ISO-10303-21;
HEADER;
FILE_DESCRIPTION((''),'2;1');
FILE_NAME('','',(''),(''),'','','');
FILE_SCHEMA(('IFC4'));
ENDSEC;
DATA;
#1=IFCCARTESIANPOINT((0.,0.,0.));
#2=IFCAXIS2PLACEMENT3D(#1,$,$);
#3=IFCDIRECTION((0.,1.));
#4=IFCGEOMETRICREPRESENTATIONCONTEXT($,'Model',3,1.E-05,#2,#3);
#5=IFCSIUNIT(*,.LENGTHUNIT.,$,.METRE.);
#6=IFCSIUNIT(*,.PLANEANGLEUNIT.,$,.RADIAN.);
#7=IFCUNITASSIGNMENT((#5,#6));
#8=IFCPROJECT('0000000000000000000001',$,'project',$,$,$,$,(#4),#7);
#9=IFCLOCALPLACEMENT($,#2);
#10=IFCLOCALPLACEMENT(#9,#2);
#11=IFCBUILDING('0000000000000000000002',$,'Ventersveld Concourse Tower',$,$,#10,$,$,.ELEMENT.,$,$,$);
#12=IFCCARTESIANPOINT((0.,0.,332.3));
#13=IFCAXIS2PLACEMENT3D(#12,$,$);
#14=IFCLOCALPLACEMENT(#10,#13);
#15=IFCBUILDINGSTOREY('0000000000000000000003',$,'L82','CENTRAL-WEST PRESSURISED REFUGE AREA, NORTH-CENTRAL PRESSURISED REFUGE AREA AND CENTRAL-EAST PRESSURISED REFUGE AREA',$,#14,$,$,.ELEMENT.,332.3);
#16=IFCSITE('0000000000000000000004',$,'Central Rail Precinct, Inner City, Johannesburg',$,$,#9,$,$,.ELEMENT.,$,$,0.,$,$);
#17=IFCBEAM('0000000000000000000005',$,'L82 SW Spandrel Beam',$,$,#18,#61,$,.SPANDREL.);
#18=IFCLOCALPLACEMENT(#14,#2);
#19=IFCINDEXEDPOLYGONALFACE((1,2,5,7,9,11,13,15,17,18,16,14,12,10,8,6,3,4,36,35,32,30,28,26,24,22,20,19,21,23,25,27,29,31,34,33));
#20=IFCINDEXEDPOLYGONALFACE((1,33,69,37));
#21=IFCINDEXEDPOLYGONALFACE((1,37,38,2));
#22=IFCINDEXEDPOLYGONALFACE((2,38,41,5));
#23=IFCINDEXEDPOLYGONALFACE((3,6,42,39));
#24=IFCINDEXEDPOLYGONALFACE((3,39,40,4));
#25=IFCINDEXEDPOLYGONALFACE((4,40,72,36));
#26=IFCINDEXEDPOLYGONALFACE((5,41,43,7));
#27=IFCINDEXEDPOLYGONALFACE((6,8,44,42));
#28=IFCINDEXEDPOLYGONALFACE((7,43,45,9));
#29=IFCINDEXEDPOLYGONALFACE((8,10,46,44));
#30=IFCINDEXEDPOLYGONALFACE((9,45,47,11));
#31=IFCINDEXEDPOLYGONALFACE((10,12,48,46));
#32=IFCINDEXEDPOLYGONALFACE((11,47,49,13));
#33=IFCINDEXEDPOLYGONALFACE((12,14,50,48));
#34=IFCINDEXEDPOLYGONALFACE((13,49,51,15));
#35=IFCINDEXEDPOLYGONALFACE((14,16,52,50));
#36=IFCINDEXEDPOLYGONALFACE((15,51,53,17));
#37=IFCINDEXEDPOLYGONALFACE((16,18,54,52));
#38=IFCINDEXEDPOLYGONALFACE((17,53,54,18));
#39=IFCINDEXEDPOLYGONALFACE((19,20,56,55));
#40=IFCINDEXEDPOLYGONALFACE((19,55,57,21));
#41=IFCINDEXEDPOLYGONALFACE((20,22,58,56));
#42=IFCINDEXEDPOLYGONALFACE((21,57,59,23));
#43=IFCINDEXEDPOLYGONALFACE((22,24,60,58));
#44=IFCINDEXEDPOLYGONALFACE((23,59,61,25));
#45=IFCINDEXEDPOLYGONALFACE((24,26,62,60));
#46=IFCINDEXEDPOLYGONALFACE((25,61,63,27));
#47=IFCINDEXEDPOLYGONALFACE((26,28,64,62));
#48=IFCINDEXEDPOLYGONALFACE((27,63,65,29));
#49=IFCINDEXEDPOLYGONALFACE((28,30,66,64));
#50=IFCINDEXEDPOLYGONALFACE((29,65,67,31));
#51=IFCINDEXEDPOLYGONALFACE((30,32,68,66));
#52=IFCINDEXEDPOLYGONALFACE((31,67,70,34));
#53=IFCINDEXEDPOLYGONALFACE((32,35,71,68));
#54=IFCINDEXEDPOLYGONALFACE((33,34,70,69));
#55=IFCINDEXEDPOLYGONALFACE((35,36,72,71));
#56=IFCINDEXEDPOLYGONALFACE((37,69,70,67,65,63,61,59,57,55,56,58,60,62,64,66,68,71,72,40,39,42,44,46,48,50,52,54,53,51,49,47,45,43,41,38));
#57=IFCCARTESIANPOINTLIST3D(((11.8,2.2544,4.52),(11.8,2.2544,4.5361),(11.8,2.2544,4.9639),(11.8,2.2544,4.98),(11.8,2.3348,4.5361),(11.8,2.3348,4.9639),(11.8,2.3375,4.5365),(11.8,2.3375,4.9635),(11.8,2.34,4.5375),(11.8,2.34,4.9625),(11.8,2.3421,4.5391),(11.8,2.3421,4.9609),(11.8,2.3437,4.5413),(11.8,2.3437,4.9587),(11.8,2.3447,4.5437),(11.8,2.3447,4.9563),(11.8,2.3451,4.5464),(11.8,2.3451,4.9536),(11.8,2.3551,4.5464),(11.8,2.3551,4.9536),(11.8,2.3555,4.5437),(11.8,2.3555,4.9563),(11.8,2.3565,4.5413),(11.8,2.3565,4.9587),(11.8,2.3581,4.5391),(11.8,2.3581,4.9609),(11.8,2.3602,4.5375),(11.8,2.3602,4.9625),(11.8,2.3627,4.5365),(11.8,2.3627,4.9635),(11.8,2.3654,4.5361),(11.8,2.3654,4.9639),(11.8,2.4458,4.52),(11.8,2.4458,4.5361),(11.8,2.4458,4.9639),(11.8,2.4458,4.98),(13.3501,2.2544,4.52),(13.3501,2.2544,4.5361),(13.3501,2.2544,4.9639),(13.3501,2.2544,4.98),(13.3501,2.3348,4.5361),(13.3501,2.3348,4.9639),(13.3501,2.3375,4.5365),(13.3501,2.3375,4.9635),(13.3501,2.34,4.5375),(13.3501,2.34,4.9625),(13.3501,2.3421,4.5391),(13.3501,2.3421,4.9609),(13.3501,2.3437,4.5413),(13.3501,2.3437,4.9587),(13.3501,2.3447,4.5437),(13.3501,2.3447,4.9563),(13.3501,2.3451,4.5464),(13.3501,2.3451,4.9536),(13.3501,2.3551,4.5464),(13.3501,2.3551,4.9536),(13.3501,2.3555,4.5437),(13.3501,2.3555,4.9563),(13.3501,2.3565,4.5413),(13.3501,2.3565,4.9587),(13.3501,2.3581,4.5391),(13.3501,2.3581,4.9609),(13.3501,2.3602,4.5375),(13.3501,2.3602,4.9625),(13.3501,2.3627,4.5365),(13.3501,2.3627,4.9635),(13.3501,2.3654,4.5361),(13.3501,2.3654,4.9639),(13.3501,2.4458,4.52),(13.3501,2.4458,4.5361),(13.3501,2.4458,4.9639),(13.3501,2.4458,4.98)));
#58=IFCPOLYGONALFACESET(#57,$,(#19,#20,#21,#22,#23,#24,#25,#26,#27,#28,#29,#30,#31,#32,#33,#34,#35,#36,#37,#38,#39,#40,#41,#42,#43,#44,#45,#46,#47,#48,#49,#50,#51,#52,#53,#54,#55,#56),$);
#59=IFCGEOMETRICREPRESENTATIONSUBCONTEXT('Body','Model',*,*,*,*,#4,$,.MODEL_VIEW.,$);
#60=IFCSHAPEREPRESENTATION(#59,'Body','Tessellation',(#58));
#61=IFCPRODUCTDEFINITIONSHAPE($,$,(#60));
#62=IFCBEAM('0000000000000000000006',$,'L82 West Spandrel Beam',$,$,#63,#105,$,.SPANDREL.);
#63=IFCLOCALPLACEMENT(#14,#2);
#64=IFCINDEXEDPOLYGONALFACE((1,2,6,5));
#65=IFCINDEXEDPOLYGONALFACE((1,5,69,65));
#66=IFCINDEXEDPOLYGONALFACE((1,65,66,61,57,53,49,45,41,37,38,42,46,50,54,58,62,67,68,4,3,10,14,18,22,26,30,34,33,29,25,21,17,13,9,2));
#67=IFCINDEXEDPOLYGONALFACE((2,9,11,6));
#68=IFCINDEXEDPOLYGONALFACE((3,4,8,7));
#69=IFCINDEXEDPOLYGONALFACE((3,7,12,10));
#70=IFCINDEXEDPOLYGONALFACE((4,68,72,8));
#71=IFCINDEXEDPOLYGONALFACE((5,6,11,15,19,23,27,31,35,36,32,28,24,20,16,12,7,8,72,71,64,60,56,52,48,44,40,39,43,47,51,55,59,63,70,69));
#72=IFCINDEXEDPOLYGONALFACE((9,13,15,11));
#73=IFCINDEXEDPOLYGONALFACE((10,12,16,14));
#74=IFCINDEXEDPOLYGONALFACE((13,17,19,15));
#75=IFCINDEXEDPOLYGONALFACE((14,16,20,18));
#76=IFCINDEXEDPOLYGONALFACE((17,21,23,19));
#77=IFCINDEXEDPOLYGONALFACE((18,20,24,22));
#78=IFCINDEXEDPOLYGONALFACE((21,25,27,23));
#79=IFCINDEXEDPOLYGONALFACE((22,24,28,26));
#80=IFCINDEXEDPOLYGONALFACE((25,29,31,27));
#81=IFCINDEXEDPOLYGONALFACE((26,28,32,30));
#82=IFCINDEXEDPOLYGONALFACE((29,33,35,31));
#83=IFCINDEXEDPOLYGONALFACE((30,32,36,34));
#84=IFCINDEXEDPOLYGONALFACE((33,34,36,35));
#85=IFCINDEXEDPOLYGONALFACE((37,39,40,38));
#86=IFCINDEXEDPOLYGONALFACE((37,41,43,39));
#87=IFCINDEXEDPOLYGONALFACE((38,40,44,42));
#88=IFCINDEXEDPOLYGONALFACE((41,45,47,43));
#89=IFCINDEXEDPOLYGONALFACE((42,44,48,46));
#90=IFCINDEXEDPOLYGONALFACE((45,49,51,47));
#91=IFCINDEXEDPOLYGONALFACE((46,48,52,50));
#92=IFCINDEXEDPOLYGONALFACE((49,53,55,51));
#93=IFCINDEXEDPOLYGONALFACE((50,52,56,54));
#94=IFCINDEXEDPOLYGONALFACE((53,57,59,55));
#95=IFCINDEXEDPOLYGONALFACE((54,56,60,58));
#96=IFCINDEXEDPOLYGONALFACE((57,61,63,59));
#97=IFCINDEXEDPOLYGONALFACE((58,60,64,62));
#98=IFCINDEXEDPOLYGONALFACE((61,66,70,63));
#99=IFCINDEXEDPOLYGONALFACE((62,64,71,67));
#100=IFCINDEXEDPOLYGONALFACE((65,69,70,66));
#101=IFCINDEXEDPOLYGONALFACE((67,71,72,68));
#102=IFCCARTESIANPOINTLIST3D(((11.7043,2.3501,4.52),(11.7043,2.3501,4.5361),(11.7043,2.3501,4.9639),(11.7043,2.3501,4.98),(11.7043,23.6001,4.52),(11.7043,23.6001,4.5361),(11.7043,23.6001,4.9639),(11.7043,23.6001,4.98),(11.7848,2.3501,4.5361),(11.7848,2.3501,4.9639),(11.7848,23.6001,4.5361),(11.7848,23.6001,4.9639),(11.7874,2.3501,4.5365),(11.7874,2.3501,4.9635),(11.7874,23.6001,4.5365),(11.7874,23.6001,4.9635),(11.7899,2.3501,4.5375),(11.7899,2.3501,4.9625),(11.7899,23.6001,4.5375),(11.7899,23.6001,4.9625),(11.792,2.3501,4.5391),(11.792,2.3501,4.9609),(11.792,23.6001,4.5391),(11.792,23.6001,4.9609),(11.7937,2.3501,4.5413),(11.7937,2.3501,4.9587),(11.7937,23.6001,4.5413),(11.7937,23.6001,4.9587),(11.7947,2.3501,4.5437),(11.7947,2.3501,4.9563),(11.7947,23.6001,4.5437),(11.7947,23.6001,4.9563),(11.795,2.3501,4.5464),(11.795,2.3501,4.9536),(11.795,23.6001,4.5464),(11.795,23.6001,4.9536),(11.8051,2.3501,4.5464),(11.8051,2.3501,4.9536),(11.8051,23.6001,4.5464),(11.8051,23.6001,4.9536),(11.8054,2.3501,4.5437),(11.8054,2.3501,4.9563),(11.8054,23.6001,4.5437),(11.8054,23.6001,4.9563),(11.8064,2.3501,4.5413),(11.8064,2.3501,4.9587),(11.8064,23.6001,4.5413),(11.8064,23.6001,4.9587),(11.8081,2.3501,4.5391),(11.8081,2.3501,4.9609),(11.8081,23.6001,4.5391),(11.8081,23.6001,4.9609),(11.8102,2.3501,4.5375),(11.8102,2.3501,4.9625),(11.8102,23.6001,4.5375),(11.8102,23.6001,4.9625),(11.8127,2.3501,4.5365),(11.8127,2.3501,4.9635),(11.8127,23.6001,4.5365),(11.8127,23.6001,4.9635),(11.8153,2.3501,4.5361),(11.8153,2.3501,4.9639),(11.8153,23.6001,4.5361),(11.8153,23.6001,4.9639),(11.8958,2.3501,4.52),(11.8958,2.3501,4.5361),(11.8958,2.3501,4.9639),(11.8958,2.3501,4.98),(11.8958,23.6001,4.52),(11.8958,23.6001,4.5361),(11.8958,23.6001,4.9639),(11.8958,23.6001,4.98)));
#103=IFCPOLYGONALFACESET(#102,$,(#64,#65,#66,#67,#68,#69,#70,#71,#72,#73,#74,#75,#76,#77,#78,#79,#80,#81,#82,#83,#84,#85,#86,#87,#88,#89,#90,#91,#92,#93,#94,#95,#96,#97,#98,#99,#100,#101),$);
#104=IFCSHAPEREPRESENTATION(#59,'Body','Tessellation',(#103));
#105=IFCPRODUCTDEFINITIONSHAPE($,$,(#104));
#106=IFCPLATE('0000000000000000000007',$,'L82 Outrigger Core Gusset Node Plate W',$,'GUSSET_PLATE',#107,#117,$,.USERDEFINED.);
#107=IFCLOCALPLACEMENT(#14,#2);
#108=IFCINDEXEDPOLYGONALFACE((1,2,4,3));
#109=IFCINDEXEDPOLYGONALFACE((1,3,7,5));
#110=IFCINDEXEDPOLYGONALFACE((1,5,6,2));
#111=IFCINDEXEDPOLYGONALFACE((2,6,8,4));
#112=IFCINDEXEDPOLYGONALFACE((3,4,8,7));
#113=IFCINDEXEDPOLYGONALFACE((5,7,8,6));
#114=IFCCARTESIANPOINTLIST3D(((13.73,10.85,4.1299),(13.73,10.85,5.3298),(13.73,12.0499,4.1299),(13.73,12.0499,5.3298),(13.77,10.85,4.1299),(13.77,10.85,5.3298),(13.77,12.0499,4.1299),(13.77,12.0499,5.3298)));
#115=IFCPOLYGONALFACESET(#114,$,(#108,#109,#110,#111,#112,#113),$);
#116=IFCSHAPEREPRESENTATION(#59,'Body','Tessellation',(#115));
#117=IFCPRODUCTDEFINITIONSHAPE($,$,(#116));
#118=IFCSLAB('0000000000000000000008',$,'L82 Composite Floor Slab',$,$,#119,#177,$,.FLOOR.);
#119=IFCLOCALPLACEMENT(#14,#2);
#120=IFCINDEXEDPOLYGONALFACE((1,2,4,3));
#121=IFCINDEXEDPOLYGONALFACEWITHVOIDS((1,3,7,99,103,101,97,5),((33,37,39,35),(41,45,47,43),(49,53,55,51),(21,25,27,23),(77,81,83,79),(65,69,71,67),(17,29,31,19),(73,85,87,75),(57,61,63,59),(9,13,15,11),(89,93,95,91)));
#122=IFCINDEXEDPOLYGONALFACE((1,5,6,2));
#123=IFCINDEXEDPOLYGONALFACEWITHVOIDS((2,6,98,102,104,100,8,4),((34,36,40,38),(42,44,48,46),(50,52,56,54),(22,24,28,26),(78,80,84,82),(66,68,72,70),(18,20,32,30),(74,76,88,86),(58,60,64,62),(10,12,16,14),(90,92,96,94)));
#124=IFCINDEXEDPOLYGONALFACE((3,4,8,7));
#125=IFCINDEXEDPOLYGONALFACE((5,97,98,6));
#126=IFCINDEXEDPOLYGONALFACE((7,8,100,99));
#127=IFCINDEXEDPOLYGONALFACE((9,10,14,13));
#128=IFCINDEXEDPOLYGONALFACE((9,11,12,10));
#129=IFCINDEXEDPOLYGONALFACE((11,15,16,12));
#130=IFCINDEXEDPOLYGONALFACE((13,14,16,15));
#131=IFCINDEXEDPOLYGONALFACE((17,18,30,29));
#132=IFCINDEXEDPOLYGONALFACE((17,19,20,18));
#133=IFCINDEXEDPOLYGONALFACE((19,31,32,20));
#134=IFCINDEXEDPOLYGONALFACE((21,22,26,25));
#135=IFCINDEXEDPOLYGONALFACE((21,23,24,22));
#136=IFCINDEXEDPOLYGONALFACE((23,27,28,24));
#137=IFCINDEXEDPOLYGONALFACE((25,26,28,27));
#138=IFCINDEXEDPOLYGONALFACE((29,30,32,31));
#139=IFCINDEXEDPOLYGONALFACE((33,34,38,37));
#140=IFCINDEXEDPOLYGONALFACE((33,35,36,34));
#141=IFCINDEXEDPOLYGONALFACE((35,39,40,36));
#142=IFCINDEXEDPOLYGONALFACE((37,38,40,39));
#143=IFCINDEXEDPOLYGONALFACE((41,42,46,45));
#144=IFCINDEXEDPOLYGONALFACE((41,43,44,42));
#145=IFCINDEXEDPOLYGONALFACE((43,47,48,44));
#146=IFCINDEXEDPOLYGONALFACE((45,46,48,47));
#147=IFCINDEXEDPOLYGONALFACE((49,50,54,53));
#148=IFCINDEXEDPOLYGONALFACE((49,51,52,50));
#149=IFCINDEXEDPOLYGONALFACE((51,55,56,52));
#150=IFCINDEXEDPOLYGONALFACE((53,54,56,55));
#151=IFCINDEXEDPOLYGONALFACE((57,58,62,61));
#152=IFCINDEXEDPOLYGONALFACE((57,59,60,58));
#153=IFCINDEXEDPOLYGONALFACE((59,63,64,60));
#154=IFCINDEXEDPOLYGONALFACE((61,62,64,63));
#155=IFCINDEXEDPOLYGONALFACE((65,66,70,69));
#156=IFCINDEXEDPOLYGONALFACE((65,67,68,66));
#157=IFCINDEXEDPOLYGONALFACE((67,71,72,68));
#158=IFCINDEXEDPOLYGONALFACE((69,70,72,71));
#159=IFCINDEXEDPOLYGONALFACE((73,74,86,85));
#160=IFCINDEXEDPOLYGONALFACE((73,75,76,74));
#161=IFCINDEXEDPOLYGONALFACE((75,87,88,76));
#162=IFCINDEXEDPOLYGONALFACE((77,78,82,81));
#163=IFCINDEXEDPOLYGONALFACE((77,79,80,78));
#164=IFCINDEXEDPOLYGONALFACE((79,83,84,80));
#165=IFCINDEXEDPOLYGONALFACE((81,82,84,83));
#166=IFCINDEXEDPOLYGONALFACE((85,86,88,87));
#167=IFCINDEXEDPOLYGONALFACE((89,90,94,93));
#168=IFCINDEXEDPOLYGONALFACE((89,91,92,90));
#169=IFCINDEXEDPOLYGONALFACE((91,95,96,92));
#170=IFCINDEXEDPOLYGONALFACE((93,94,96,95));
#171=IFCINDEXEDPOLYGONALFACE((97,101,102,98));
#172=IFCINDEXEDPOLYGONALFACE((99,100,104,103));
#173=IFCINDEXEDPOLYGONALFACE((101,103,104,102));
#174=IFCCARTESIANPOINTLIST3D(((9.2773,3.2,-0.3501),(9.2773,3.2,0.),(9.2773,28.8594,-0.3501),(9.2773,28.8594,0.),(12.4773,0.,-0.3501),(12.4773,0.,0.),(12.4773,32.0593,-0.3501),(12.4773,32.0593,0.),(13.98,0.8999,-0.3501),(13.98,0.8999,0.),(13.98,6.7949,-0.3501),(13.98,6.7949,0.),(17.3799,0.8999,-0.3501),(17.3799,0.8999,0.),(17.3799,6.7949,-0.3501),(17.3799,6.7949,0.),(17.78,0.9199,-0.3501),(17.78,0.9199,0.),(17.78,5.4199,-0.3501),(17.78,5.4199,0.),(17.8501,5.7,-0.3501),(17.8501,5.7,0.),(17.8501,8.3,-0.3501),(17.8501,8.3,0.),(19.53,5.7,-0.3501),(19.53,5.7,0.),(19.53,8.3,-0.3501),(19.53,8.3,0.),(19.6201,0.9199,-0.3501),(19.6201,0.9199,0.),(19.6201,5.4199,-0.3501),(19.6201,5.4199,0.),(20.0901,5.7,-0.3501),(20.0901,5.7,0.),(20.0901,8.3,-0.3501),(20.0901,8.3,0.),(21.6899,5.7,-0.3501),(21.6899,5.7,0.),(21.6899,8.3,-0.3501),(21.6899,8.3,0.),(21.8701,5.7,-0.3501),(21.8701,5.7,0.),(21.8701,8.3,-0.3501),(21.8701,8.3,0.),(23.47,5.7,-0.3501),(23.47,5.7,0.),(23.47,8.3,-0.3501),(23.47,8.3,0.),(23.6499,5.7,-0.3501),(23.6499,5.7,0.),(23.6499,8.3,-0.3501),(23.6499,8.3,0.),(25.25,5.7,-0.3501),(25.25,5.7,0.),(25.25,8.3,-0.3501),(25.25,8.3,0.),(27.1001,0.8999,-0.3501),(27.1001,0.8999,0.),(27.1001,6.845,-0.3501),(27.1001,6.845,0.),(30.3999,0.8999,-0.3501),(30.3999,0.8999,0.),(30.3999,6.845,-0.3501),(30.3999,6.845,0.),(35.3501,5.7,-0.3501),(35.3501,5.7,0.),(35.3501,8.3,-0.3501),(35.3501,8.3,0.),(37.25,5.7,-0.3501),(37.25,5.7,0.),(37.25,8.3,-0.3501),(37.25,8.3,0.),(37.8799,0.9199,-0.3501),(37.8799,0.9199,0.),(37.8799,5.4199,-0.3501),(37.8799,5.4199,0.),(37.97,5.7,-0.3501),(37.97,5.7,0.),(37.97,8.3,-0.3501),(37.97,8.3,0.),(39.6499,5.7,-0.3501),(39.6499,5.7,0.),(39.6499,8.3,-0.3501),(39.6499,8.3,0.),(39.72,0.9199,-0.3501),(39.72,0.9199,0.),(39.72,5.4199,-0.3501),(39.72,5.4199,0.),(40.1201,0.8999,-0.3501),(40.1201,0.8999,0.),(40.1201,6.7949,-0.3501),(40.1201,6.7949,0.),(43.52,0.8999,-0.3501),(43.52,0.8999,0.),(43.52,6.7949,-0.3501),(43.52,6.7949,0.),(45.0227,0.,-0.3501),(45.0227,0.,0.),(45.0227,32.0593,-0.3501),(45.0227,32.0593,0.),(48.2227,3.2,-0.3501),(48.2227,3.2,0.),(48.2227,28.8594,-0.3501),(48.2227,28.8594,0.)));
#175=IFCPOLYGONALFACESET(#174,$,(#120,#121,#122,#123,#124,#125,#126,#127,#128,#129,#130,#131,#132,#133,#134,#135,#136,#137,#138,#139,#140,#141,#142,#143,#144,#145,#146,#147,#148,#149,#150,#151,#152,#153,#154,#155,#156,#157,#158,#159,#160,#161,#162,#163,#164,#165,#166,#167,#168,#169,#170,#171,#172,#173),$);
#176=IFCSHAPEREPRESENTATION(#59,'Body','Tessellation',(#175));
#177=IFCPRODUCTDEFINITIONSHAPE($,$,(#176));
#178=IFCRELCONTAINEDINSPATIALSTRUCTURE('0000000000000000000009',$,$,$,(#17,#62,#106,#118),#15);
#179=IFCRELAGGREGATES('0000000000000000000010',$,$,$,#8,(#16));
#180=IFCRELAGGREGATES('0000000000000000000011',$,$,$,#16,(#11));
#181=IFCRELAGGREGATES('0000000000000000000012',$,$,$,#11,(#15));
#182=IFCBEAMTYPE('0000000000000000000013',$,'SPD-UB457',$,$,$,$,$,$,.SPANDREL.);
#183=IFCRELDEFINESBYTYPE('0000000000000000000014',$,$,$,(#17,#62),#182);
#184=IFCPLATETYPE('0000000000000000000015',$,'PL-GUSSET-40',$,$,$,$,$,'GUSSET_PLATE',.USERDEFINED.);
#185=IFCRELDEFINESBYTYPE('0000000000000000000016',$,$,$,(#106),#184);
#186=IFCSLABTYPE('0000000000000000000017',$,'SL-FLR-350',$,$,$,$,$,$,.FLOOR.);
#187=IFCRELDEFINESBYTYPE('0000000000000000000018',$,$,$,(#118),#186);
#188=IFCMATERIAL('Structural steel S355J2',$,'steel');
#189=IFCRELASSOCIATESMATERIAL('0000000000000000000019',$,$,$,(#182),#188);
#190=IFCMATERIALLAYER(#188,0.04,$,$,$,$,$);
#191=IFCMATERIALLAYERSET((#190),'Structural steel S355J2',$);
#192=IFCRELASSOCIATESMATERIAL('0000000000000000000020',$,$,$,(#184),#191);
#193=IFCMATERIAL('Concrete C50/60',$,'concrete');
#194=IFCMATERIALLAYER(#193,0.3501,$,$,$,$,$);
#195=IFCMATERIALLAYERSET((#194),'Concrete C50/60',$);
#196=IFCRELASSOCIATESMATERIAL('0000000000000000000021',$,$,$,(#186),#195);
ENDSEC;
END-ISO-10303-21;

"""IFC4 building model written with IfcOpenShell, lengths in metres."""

from ifc_helpers import new_model, si_unit, direction, frame, origin, origin_2d, place, context, subcontext, project, spatial, polyline, rectangle, i_section, outline, extrude, material, layer, layer_set, material_profile, profile_set, type_object, element, save


model = new_model("IFC4")

# Units and contexts
model_context = context("Model", 3, precision=1e-05, world=origin(), true_north=direction((0.0, 1.0)))
body_context = subcontext(model_context, "Body", "Model", "MODEL_VIEW")
ifc_project = project(units=[si_unit("LENGTHUNIT", "METRE"), si_unit("PLANEANGLEUNIT", "RADIAN")], contexts=[model_context])

# Site, building, storey
site_placement = place(None, origin())
site = spatial("IfcSite", under=ifc_project, at=site_placement, Name="Central Rail Precinct, Inner City, Johannesburg", CompositionType="ELEMENT", RefElevation=0.0)
building_placement = place(site_placement, origin())
building = spatial("IfcBuilding", under=site, at=building_placement, Name="Ventersveld Concourse Tower", CompositionType="ELEMENT")
storey_placement = place(building_placement, frame((0.0, 0.0, 332.3)))
storey = spatial("IfcBuildingStorey", under=building, at=storey_placement, Name="L82", Description="CENTRAL-WEST PRESSURISED REFUGE AREA, NORTH-CENTRAL PRESSURISED REFUGE AREA AND CENTRAL-EAST PRESSURISED REFUGE AREA", CompositionType="ELEMENT", Elevation=332.3)

# Shared definitions
ifc_material_1 = material(Name="Concrete C50/60", Category="concrete")

# Shared definitions
ifc_material_2 = material(Name="Structural steel S355J2", Category="steel")

# Beams
ifc_material_profile_1 = material_profile(ifc_material_2, i_section(OverallWidth=0.1914, OverallDepth=0.46, WebThickness=0.01, FlangeThickness=0.0161, FilletRadius=0.0103, at=origin_2d()), Name="UB 457x191x82")
ifc_profile_set_1 = profile_set([ifc_material_profile_1], Name="Structural steel S355J2")
beam_type_1 = type_object("IfcBeamType", Name="SPD-UB457", PredefinedType="SPANDREL", material=ifc_profile_set_1)
beam_1_placement = place(storey_placement, frame((11.8, 2.3501, 4.75), z_axis=(1.0, 0.0, 0.0), x_axis=(0.0, 1.0, 0.0)))
element("IfcBeam", 1, at=beam_1_placement, inside=storey, type_object=beam_type_1, Name="L82 SW Spandrel Beam", PredefinedType="SPANDREL", context=body_context, shape_type="SweptSolid", body=[
    extrude(i_section(OverallWidth=0.1914, OverallDepth=0.46, WebThickness=0.01, FlangeThickness=0.0161, FilletRadius=0.0103, at=origin_2d()), origin(), (0.0, 0.0, 1.0), 1.55),
])
beam_2_placement = place(storey_placement, frame((11.8, 2.3501, 4.75), z_axis=(0.0, 1.0, 0.0), x_axis=(-1.0, 0.0, 0.0)))
element("IfcBeam", 2, at=beam_2_placement, inside=storey, type_object=beam_type_1, Name="L82 West Spandrel Beam", PredefinedType="SPANDREL", context=body_context, shape_type="SweptSolid", body=[
    extrude(i_section(OverallWidth=0.1914, OverallDepth=0.46, WebThickness=0.01, FlangeThickness=0.0161, FilletRadius=0.0103, at=origin_2d()), origin(), (0.0, 0.0, 1.0), 21.25),
])

# Plate
ifc_layer_1 = layer(ifc_material_2, 0.04)
ifc_layer_set_1 = layer_set([ifc_layer_1], Name="Structural steel S355J2")
plate_type = type_object("IfcPlateType", Name="PL-GUSSET-40", ElementType="GUSSET_PLATE", PredefinedType="USERDEFINED", material=ifc_layer_set_1)
plate_placement = place(storey_placement, frame((13.75, 11.45, 4.1299), z_axis=(0.0, 0.0, 1.0), x_axis=(1.0, 0.0, 0.0)))
element("IfcPlate", 3, at=plate_placement, inside=storey, type_object=plate_type, Name="L82 Outrigger Core Gusset Node Plate W", ObjectType="GUSSET_PLATE", PredefinedType="USERDEFINED", context=body_context, shape_type="SweptSolid", body=[
    extrude(rectangle(XDim=0.04, YDim=1.2, at=origin_2d()), origin(), (0.0, 0.0, 1.0), 1.2),
])

# Slab
ifc_layer_2 = layer(ifc_material_1, 0.3501)
ifc_layer_set_2 = layer_set([ifc_layer_2], Name="Concrete C50/60")
slab_type_1 = type_object("IfcSlabType", Name="SL-FLR-350", PredefinedType="FLOOR", material=ifc_layer_set_2)
slab_1_placement = place(storey_placement, frame((0.0, 0.0, -0.3501)))
element("IfcSlab", 4, at=slab_1_placement, inside=storey, type_object=slab_type_1, Name="L82 Composite Floor Slab", PredefinedType="FLOOR", context=body_context, shape_type="SweptSolid", body=[
    extrude(outline(polyline([(12.4773, 0.0), (45.0227, 0.0), (48.2227, 3.2), (48.2227, 28.8594), (45.0227, 32.0593), (12.4773, 32.0593), (9.2773, 28.8594), (9.2773, 3.2), (12.4773, 0.0)]), holes=[polyline([(13.98, 6.7949), (13.98, 0.8999), (17.3799, 0.8999), (17.3799, 6.7949), (13.98, 6.7949)]), polyline([(40.1201, 6.7949), (40.1201, 0.8999), (43.52, 0.8999), (43.52, 6.7949), (40.1201, 6.7949)]), polyline([(27.1001, 6.845), (27.1001, 0.8999), (30.3999, 0.8999), (30.3999, 6.845), (27.1001, 6.845)]), polyline([(17.8501, 5.7), (19.53, 5.7), (19.53, 8.3), (17.8501, 8.3), (17.8501, 5.7)]), polyline([(37.97, 5.7), (39.6499, 5.7), (39.6499, 8.3), (37.97, 8.3), (37.97, 5.7)]), polyline([(35.3501, 5.7), (37.25, 5.7), (37.25, 8.3), (35.3501, 8.3), (35.3501, 5.7)]), polyline([(20.0901, 5.7), (21.6899, 5.7), (21.6899, 8.3), (20.0901, 8.3), (20.0901, 5.7)]), polyline([(21.8701, 5.7), (23.47, 5.7), (23.47, 8.3), (21.8701, 8.3), (21.8701, 5.7)]), polyline([(23.6499, 5.7), (25.25, 5.7), (25.25, 8.3), (23.6499, 8.3), (23.6499, 5.7)]), polyline([(17.78, 0.9199), (19.6201, 0.9199), (19.6201, 5.4199), (17.78, 5.4199), (17.78, 0.9199)]), polyline([(37.8799, 0.9199), (39.72, 0.9199), (39.72, 5.4199), (37.8799, 5.4199), (37.8799, 0.9199)])]), origin(), (0.0, 0.0, 1.0), 0.3501),
])

save(model, "model.ifc")
